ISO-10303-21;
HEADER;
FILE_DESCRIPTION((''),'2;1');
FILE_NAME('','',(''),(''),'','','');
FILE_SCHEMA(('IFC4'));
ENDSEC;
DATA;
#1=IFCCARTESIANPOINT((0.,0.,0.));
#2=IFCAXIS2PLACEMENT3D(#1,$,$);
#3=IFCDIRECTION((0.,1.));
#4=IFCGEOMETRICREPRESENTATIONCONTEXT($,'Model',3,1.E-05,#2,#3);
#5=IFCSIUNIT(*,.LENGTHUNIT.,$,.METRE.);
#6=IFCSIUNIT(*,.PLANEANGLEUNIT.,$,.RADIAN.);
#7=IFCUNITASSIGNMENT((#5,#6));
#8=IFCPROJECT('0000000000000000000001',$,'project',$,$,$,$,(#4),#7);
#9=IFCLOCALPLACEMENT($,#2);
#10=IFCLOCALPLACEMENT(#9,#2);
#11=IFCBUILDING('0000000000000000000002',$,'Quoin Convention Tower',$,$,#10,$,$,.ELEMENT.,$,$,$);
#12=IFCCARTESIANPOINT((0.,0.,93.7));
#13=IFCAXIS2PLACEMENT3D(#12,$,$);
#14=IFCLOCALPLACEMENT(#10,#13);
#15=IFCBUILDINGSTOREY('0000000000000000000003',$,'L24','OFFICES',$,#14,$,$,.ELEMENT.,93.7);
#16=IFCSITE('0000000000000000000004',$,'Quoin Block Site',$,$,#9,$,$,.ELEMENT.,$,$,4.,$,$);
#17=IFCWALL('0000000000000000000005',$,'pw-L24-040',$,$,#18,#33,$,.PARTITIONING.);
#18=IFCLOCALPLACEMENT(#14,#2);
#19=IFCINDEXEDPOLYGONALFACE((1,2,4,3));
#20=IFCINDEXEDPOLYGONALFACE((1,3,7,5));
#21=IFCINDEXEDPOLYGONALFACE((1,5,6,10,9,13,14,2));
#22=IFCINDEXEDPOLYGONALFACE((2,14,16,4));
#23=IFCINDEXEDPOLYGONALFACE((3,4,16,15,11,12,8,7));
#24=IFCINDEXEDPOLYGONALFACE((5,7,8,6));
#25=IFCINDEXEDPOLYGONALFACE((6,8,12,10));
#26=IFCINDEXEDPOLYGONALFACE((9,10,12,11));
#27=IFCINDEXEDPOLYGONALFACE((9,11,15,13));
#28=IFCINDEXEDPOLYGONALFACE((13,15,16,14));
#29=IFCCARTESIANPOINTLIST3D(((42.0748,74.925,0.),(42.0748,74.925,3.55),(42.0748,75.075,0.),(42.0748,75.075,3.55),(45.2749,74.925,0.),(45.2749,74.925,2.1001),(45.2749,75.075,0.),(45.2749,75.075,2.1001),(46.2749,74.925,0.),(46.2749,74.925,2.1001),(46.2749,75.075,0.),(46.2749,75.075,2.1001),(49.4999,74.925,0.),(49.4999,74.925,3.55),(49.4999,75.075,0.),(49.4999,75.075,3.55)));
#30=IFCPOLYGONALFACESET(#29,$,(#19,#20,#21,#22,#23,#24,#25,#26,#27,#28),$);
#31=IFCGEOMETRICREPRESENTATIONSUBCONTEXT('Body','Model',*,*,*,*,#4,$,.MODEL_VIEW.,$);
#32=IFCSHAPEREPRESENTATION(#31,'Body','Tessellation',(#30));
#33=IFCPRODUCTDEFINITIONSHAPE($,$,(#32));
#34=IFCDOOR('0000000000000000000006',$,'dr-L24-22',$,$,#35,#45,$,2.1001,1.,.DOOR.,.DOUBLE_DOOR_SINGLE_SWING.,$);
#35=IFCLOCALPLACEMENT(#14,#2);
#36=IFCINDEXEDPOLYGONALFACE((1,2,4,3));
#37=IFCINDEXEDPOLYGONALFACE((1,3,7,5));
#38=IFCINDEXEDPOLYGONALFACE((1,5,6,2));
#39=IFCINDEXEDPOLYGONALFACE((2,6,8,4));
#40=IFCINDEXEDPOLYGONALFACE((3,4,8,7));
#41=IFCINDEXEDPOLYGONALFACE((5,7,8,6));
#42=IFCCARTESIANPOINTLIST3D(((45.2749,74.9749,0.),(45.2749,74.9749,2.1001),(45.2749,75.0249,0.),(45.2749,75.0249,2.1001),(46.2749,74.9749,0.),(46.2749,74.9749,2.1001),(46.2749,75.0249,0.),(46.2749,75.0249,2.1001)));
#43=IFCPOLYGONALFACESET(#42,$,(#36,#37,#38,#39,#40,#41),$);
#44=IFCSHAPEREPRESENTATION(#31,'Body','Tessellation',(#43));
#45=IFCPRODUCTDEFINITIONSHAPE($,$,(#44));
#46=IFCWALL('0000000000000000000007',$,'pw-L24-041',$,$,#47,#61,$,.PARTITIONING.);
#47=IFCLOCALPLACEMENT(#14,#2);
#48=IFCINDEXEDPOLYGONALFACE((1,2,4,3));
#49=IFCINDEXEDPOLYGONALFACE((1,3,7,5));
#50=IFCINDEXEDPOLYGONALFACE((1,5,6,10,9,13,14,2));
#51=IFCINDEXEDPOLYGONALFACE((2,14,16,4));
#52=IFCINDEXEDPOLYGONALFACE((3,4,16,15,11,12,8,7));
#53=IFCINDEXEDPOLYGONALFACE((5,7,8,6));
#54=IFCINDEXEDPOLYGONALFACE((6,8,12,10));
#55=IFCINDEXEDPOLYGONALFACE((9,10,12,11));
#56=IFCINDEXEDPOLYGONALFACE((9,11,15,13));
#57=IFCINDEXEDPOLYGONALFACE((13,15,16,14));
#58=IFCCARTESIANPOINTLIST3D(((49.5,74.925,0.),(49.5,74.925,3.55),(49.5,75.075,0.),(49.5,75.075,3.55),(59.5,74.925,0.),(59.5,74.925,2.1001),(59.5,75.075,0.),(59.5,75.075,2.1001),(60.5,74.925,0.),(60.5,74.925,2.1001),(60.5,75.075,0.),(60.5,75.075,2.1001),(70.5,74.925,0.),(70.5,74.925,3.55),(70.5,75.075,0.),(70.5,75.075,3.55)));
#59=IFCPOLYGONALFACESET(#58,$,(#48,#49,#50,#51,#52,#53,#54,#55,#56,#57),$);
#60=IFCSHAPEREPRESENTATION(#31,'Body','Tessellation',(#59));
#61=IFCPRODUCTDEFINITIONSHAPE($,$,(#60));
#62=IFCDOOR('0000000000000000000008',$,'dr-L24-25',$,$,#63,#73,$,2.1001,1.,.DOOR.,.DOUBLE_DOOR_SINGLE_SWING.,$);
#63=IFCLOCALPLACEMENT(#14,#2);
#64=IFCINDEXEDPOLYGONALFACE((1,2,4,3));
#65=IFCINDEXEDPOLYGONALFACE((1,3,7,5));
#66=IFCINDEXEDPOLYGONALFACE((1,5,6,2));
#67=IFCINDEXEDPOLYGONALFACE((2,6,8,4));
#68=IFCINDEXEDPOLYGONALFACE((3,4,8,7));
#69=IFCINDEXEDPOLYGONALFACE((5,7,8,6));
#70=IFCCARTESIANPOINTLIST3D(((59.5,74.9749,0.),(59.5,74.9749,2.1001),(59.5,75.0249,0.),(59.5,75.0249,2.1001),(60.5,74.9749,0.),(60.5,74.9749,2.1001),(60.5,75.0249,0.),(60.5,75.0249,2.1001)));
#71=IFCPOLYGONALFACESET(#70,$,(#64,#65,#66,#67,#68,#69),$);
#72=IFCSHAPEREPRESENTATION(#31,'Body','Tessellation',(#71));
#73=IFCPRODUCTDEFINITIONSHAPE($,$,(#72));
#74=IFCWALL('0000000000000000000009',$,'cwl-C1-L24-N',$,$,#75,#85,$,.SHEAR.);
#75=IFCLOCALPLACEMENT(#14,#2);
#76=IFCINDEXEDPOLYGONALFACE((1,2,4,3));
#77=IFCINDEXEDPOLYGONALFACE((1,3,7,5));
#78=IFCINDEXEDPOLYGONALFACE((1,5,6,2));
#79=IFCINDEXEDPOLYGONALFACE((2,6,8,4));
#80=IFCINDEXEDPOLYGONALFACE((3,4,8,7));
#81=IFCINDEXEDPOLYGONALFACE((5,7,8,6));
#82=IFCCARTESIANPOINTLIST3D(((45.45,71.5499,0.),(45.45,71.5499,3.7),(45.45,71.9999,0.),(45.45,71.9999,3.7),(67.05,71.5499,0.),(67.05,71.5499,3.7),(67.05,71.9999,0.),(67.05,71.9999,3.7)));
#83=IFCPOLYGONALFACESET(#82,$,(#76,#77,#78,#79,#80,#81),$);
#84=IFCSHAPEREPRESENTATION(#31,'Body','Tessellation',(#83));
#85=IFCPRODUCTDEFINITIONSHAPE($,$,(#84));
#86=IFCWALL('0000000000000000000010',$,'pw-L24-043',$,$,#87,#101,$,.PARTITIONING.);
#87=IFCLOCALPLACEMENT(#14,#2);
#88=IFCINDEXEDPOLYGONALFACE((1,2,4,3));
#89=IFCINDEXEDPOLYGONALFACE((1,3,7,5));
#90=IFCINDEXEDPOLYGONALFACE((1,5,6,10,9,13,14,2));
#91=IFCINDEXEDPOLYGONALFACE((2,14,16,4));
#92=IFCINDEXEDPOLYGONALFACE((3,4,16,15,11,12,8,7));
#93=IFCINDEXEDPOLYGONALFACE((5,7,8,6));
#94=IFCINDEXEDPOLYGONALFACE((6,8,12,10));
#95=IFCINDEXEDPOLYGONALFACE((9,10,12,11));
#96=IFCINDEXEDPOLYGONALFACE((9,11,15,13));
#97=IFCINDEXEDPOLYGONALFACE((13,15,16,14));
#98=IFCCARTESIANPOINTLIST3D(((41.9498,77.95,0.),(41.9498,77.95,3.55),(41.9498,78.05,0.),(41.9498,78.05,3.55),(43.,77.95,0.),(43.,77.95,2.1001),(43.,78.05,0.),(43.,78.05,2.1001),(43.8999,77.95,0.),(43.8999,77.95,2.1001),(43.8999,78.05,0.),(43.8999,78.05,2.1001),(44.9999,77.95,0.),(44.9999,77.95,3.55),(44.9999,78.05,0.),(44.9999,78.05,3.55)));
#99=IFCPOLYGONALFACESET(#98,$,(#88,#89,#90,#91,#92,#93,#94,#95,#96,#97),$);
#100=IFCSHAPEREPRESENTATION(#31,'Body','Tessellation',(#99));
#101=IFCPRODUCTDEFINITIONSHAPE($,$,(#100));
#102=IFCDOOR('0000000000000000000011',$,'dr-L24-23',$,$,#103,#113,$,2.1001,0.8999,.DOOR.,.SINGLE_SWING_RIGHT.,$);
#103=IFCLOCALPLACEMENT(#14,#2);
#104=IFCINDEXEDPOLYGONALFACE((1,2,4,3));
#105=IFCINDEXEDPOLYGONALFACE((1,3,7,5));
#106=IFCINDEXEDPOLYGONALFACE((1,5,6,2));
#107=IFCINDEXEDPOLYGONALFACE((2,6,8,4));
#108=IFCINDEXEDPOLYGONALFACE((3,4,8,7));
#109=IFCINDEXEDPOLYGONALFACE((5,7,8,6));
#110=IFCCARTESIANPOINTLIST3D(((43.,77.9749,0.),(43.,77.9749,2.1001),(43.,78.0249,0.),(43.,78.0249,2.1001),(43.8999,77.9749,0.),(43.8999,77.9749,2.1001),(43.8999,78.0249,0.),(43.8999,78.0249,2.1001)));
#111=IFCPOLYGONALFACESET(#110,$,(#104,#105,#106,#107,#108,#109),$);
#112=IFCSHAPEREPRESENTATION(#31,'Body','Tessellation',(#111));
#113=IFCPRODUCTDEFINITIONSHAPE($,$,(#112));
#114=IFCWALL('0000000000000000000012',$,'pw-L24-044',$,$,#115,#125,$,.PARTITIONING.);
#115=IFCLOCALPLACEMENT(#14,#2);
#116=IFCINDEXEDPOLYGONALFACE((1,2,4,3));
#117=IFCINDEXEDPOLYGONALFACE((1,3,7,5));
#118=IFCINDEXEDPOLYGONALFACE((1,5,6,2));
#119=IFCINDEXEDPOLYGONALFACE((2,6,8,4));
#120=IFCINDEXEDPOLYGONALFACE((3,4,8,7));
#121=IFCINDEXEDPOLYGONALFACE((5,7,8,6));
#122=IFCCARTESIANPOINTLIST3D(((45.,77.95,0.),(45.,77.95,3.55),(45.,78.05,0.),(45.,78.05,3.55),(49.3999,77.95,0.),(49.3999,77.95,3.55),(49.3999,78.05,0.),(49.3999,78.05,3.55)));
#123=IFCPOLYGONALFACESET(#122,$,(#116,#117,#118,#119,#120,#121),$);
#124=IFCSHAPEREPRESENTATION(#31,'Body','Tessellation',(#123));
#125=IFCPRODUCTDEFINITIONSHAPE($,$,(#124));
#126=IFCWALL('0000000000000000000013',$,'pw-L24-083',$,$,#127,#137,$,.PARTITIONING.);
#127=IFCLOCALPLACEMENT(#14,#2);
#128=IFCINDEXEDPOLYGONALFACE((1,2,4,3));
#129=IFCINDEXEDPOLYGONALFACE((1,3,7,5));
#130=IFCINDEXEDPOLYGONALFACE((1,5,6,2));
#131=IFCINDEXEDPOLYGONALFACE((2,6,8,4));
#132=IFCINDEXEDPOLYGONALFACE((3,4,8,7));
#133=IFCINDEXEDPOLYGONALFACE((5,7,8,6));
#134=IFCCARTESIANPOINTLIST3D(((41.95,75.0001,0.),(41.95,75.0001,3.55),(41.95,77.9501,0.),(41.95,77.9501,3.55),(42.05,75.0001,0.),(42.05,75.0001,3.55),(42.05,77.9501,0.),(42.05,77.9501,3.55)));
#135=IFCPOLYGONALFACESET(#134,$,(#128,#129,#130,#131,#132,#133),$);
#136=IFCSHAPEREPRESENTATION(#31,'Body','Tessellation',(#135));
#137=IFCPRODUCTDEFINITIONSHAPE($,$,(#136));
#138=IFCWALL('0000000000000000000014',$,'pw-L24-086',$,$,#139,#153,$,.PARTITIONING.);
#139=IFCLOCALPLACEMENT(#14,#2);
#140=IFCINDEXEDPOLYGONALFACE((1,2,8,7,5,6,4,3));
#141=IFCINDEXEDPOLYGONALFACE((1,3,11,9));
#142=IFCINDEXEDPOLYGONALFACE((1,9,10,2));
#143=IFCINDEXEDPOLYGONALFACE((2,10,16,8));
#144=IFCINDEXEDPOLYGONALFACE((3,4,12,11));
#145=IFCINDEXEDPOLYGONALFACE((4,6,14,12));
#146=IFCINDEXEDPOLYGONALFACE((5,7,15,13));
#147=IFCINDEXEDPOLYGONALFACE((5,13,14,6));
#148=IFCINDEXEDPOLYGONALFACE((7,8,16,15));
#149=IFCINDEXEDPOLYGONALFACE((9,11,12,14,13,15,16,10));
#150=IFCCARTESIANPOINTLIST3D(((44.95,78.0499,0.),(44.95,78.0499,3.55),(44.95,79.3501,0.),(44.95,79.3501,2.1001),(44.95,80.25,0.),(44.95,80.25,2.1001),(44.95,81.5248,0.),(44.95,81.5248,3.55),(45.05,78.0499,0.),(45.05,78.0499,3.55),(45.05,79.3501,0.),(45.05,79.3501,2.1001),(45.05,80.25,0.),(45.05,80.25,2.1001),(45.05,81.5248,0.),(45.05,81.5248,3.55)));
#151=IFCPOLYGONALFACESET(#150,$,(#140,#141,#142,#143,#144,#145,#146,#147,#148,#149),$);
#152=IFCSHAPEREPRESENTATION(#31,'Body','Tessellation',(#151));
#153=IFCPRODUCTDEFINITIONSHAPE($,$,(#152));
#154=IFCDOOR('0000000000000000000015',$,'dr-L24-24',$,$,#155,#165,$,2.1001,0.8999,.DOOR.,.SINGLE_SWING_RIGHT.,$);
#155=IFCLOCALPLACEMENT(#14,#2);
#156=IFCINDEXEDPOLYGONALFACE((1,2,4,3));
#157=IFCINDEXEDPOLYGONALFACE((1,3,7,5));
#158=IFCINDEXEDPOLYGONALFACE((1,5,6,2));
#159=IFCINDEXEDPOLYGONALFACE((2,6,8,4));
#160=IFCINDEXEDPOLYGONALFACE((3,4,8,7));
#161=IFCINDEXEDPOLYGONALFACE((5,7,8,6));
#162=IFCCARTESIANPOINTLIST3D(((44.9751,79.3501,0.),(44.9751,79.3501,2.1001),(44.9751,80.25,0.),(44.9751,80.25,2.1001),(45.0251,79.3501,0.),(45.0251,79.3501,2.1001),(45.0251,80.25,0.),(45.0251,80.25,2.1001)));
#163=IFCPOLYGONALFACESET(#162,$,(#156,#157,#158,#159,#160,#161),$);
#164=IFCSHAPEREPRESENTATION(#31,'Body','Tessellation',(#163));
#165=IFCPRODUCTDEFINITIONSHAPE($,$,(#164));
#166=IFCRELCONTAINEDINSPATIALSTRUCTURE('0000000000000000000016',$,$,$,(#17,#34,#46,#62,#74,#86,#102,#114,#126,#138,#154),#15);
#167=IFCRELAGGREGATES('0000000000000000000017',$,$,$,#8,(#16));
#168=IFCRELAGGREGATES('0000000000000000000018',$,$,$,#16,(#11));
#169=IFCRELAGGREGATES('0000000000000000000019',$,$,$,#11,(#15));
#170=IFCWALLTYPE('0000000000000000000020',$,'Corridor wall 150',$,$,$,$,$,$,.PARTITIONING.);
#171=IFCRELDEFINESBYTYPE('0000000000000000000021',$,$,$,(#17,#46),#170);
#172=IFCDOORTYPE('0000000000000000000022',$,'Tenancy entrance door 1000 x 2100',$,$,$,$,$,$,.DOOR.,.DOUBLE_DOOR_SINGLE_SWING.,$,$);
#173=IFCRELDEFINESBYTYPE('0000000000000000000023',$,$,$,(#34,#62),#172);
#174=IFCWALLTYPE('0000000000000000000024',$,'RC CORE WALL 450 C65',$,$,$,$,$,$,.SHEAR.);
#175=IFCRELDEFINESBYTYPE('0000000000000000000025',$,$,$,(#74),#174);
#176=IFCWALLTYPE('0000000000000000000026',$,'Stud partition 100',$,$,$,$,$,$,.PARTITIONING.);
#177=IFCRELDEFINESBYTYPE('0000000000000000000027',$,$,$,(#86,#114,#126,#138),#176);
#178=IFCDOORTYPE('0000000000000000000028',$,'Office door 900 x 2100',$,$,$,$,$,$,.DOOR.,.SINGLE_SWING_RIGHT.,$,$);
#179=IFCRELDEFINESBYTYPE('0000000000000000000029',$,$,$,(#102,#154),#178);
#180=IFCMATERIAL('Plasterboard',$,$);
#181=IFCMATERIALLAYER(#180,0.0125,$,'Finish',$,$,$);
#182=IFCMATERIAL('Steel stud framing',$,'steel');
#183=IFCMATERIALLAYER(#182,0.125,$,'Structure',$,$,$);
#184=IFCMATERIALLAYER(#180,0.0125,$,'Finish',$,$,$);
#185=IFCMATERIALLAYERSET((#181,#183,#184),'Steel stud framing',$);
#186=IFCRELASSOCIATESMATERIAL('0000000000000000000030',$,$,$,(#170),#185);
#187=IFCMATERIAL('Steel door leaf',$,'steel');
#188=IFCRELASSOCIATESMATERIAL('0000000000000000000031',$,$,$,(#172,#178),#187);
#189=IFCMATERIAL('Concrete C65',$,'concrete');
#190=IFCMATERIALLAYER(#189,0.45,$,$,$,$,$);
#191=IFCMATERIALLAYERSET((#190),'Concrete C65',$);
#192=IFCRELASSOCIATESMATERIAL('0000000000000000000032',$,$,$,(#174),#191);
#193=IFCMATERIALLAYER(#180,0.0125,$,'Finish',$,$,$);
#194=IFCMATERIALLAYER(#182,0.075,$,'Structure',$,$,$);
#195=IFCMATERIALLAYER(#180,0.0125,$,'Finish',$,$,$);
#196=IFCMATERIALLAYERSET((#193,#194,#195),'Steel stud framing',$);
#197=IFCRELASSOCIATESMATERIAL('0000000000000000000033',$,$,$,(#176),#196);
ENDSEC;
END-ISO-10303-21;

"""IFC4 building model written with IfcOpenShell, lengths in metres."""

from ifc_helpers import new_model, si_unit, direction, frame, frame_2d, origin, place, context, subcontext, project, spatial, rectangle, extrude, material, layer, layer_set, type_object, element, fill, save


model = new_model("IFC4")

# Units and contexts
model_context = context("Model", 3, precision=1e-05, world=origin(), true_north=direction((0.0, 1.0)))
body_context = subcontext(model_context, "Body", "Model", "MODEL_VIEW")
ifc_project = project(units=[si_unit("LENGTHUNIT", "METRE"), si_unit("PLANEANGLEUNIT", "RADIAN")], contexts=[model_context])

# Site, building, storey
site_placement = place(None, origin())
site = spatial("IfcSite", under=ifc_project, at=site_placement, Name="Quoin Block Site", CompositionType="ELEMENT", RefElevation=4.0)
building_placement = place(site_placement, origin())
building = spatial("IfcBuilding", under=site, at=building_placement, Name="Quoin Convention Tower", CompositionType="ELEMENT")
storey_placement = place(building_placement, frame((0.0, 0.0, 93.7)))
storey = spatial("IfcBuildingStorey", under=building, at=storey_placement, Name="L24", Description="OFFICES", CompositionType="ELEMENT", Elevation=93.7)

# Shared definitions
ifc_material_1 = material(Name="Concrete C65", Category="concrete")

# Walls, openings, doors
ifc_material_2 = material(Name="Plasterboard")
ifc_material_3 = material(Name="Steel stud framing", Category="steel")
ifc_material_4 = material(Name="Steel door leaf", Category="steel")
ifc_layer_1 = layer(ifc_material_2, 0.0125, Name="Finish")
ifc_layer_2 = layer(ifc_material_3, 0.125, Name="Structure")
ifc_layer_3 = layer(ifc_material_2, 0.0125, Name="Finish")
ifc_layer_set_1 = layer_set([ifc_layer_1, ifc_layer_2, ifc_layer_3], Name="Steel stud framing")
wall_type_1 = type_object("IfcWallType", Name="Corridor wall 150", PredefinedType="PARTITIONING", material=ifc_layer_set_1)
wall_1_placement = place(storey_placement, frame((42.075, 75.0, 0.0), z_axis=(0.0, 0.0, 1.0), x_axis=(1.0, 0.0, 0.0)))
wall_1 = element("IfcWall", 1, at=wall_1_placement, inside=storey, type_object=wall_type_1, Name="pw-L24-040", PredefinedType="PARTITIONING", context=body_context, shape_type="SweptSolid", body=[
    extrude(rectangle(XDim=7.425, YDim=0.1499, at=frame_2d((3.7124, 0.0))), origin(), (0.0, 0.0, 1.0), 3.55),
])
opening_1_placement = place(wall_1_placement, frame((3.2, 0.0, 0.0)))
opening_1 = element("IfcOpeningElement", 2, at=opening_1_placement, cuts=wall_1, PredefinedType="OPENING", context=body_context, shape_type="SweptSolid", body=[
    extrude(rectangle(XDim=1.0, YDim=2.1001, at=frame_2d((0.5, 1.05))), frame((0.0, 0.085, 0.0), z_axis=(0.0, -1.0, 0.0), x_axis=(1.0, 0.0, 0.0)), (0.0, 0.0, 1.0), 0.1699),
])
door_type_1 = type_object("IfcDoorType", Name="Tenancy entrance door 1000 x 2100", OperationType="DOUBLE_DOOR_SINGLE_SWING", PredefinedType="DOOR", material=ifc_material_4)
door_1_placement = place(opening_1_placement, origin())
door_1 = element("IfcDoor", 3, at=door_1_placement, inside=storey, type_object=door_type_1, Name="dr-L24-22", OperationType="DOUBLE_DOOR_SINGLE_SWING", OverallHeight=2.1001, OverallWidth=1.0, PredefinedType="DOOR", context=body_context, shape_type="SweptSolid", body=[
    extrude(rectangle(XDim=1.0, YDim=2.1001, at=frame_2d((0.5, 1.05))), frame((0.0, 0.0249, 0.0), z_axis=(0.0, -1.0, 0.0), x_axis=(1.0, 0.0, 0.0)), (0.0, 0.0, 1.0), 0.05),
])
fill(opening_1, door_1)
wall_2_placement = place(storey_placement, frame((49.5, 75.0, 0.0), z_axis=(0.0, 0.0, 1.0), x_axis=(1.0, 0.0, 0.0)))
wall_2 = element("IfcWall", 4, at=wall_2_placement, inside=storey, type_object=wall_type_1, Name="pw-L24-041", PredefinedType="PARTITIONING", context=body_context, shape_type="SweptSolid", body=[
    extrude(rectangle(XDim=21.0, YDim=0.1499, at=frame_2d((10.5, 0.0))), origin(), (0.0, 0.0, 1.0), 3.55),
])
opening_2_placement = place(wall_2_placement, frame((10.0, 0.0, 0.0)))
opening_2 = element("IfcOpeningElement", 5, at=opening_2_placement, cuts=wall_2, PredefinedType="OPENING", context=body_context, shape_type="SweptSolid", body=[
    extrude(rectangle(XDim=1.0, YDim=2.1001, at=frame_2d((0.5, 1.05))), frame((0.0, 0.085, 0.0), z_axis=(0.0, -1.0, 0.0), x_axis=(1.0, 0.0, 0.0)), (0.0, 0.0, 1.0), 0.1699),
])
door_2_placement = place(opening_2_placement, origin())
door_2 = element("IfcDoor", 6, at=door_2_placement, inside=storey, type_object=door_type_1, Name="dr-L24-25", OperationType="DOUBLE_DOOR_SINGLE_SWING", OverallHeight=2.1001, OverallWidth=1.0, PredefinedType="DOOR", context=body_context, shape_type="SweptSolid", body=[
    extrude(rectangle(XDim=1.0, YDim=2.1001, at=frame_2d((0.5, 1.05))), frame((0.0, 0.0249, 0.0), z_axis=(0.0, -1.0, 0.0), x_axis=(1.0, 0.0, 0.0)), (0.0, 0.0, 1.0), 0.05),
])
fill(opening_2, door_2)

# Wall
ifc_layer_4 = layer(ifc_material_1, 0.45)
ifc_layer_set_2 = layer_set([ifc_layer_4], Name="Concrete C65")
wall_type_2 = type_object("IfcWallType", Name="RC CORE WALL 450 C65", PredefinedType="SHEAR", material=ifc_layer_set_2)
wall_3_placement = place(storey_placement, frame((45.45, 71.7749, 0.0), z_axis=(0.0, 0.0, 1.0), x_axis=(1.0, 0.0, 0.0)))
element("IfcWall", 7, at=wall_3_placement, inside=storey, type_object=wall_type_2, Name="cwl-C1-L24-N", PredefinedType="SHEAR", context=body_context, shape_type="SweptSolid", body=[
    extrude(rectangle(XDim=21.6001, YDim=0.45, at=frame_2d((10.8, 0.0))), origin(), (0.0, 0.0, 1.0), 3.7),
])

# Wall, opening, door
ifc_layer_5 = layer(ifc_material_2, 0.0125, Name="Finish")
ifc_layer_6 = layer(ifc_material_3, 0.075, Name="Structure")
ifc_layer_7 = layer(ifc_material_2, 0.0125, Name="Finish")
ifc_layer_set_3 = layer_set([ifc_layer_5, ifc_layer_6, ifc_layer_7], Name="Steel stud framing")
wall_type_3 = type_object("IfcWallType", Name="Stud partition 100", PredefinedType="PARTITIONING", material=ifc_layer_set_3)
wall_4_placement = place(storey_placement, frame((41.95, 78.0, 0.0), z_axis=(0.0, 0.0, 1.0), x_axis=(1.0, 0.0, 0.0)))
wall_4 = element("IfcWall", 8, at=wall_4_placement, inside=storey, type_object=wall_type_3, Name="pw-L24-043", PredefinedType="PARTITIONING", context=body_context, shape_type="SweptSolid", body=[
    extrude(rectangle(XDim=3.05, YDim=0.1001, at=frame_2d((1.5249, 0.0))), origin(), (0.0, 0.0, 1.0), 3.55),
])
opening_3_placement = place(wall_4_placement, frame((1.05, 0.0, 0.0)))
opening_3 = element("IfcOpeningElement", 9, at=opening_3_placement, cuts=wall_4, PredefinedType="OPENING", context=body_context, shape_type="SweptSolid", body=[
    extrude(rectangle(XDim=0.8999, YDim=2.1001, at=frame_2d((0.45, 1.05))), frame((0.0, 0.0601, 0.0), z_axis=(0.0, -1.0, 0.0), x_axis=(1.0, 0.0, 0.0)), (0.0, 0.0, 1.0), 0.1201),
])
door_type_2 = type_object("IfcDoorType", Name="Office door 900 x 2100", OperationType="SINGLE_SWING_RIGHT", PredefinedType="DOOR", material=ifc_material_4)
door_3_placement = place(opening_3_placement, origin())
door_3 = element("IfcDoor", 10, at=door_3_placement, inside=storey, type_object=door_type_2, Name="dr-L24-23", OperationType="SINGLE_SWING_RIGHT", OverallHeight=2.1001, OverallWidth=0.8999, PredefinedType="DOOR", context=body_context, shape_type="SweptSolid", body=[
    extrude(rectangle(XDim=0.8999, YDim=2.1001, at=frame_2d((0.45, 1.05))), frame((0.0, 0.0249, 0.0), z_axis=(0.0, -1.0, 0.0), x_axis=(1.0, 0.0, 0.0)), (0.0, 0.0, 1.0), 0.05),
])
fill(opening_3, door_3)

# Walls
wall_5_placement = place(storey_placement, frame((45.0, 78.0, 0.0), z_axis=(0.0, 0.0, 1.0), x_axis=(1.0, 0.0, 0.0)))
element("IfcWall", 11, at=wall_5_placement, inside=storey, type_object=wall_type_3, Name="pw-L24-044", PredefinedType="PARTITIONING", context=body_context, shape_type="SweptSolid", body=[
    extrude(rectangle(XDim=4.3999, YDim=0.1001, at=frame_2d((2.2, 0.0))), origin(), (0.0, 0.0, 1.0), 3.55),
])
wall_6_placement = place(storey_placement, frame((42.0, 75.0, 0.0), z_axis=(0.0, 0.0, 1.0), x_axis=(0.0, 1.0, 0.0)))
element("IfcWall", 12, at=wall_6_placement, inside=storey, type_object=wall_type_3, Name="pw-L24-083", PredefinedType="PARTITIONING", context=body_context, shape_type="SweptSolid", body=[
    extrude(rectangle(XDim=2.95, YDim=0.1001, at=frame_2d((1.4751, 0.0))), origin(), (0.0, 0.0, 1.0), 3.55),
])

# Wall, opening, door
wall_7_placement = place(storey_placement, frame((45.0, 78.05, 0.0), z_axis=(0.0, 0.0, 1.0), x_axis=(0.0, 1.0, 0.0)))
wall_7 = element("IfcWall", 13, at=wall_7_placement, inside=storey, type_object=wall_type_3, Name="pw-L24-086", PredefinedType="PARTITIONING", context=body_context, shape_type="SweptSolid", body=[
    extrude(rectangle(XDim=3.4749, YDim=0.1001, at=frame_2d((1.7373, 0.0))), origin(), (0.0, 0.0, 1.0), 3.55),
])
opening_4_placement = place(wall_7_placement, frame((1.3, 0.0, 0.0)))
opening_4 = element("IfcOpeningElement", 14, at=opening_4_placement, cuts=wall_7, PredefinedType="OPENING", context=body_context, shape_type="SweptSolid", body=[
    extrude(rectangle(XDim=0.8999, YDim=2.1001, at=frame_2d((0.45, 1.05))), frame((0.0, 0.0601, 0.0), z_axis=(0.0, -1.0, 0.0), x_axis=(1.0, 0.0, 0.0)), (0.0, 0.0, 1.0), 0.1201),
])
door_4_placement = place(opening_4_placement, origin())
door_4 = element("IfcDoor", 15, at=door_4_placement, inside=storey, type_object=door_type_2, Name="dr-L24-24", OperationType="SINGLE_SWING_RIGHT", OverallHeight=2.1001, OverallWidth=0.8999, PredefinedType="DOOR", context=body_context, shape_type="SweptSolid", body=[
    extrude(rectangle(XDim=0.8999, YDim=2.1001, at=frame_2d((0.45, 1.05))), frame((0.0, 0.0249, 0.0), z_axis=(0.0, -1.0, 0.0), x_axis=(1.0, 0.0, 0.0)), (0.0, 0.0, 1.0), 0.05),
])
fill(opening_4, door_4)

save(model, "model.ifc")
